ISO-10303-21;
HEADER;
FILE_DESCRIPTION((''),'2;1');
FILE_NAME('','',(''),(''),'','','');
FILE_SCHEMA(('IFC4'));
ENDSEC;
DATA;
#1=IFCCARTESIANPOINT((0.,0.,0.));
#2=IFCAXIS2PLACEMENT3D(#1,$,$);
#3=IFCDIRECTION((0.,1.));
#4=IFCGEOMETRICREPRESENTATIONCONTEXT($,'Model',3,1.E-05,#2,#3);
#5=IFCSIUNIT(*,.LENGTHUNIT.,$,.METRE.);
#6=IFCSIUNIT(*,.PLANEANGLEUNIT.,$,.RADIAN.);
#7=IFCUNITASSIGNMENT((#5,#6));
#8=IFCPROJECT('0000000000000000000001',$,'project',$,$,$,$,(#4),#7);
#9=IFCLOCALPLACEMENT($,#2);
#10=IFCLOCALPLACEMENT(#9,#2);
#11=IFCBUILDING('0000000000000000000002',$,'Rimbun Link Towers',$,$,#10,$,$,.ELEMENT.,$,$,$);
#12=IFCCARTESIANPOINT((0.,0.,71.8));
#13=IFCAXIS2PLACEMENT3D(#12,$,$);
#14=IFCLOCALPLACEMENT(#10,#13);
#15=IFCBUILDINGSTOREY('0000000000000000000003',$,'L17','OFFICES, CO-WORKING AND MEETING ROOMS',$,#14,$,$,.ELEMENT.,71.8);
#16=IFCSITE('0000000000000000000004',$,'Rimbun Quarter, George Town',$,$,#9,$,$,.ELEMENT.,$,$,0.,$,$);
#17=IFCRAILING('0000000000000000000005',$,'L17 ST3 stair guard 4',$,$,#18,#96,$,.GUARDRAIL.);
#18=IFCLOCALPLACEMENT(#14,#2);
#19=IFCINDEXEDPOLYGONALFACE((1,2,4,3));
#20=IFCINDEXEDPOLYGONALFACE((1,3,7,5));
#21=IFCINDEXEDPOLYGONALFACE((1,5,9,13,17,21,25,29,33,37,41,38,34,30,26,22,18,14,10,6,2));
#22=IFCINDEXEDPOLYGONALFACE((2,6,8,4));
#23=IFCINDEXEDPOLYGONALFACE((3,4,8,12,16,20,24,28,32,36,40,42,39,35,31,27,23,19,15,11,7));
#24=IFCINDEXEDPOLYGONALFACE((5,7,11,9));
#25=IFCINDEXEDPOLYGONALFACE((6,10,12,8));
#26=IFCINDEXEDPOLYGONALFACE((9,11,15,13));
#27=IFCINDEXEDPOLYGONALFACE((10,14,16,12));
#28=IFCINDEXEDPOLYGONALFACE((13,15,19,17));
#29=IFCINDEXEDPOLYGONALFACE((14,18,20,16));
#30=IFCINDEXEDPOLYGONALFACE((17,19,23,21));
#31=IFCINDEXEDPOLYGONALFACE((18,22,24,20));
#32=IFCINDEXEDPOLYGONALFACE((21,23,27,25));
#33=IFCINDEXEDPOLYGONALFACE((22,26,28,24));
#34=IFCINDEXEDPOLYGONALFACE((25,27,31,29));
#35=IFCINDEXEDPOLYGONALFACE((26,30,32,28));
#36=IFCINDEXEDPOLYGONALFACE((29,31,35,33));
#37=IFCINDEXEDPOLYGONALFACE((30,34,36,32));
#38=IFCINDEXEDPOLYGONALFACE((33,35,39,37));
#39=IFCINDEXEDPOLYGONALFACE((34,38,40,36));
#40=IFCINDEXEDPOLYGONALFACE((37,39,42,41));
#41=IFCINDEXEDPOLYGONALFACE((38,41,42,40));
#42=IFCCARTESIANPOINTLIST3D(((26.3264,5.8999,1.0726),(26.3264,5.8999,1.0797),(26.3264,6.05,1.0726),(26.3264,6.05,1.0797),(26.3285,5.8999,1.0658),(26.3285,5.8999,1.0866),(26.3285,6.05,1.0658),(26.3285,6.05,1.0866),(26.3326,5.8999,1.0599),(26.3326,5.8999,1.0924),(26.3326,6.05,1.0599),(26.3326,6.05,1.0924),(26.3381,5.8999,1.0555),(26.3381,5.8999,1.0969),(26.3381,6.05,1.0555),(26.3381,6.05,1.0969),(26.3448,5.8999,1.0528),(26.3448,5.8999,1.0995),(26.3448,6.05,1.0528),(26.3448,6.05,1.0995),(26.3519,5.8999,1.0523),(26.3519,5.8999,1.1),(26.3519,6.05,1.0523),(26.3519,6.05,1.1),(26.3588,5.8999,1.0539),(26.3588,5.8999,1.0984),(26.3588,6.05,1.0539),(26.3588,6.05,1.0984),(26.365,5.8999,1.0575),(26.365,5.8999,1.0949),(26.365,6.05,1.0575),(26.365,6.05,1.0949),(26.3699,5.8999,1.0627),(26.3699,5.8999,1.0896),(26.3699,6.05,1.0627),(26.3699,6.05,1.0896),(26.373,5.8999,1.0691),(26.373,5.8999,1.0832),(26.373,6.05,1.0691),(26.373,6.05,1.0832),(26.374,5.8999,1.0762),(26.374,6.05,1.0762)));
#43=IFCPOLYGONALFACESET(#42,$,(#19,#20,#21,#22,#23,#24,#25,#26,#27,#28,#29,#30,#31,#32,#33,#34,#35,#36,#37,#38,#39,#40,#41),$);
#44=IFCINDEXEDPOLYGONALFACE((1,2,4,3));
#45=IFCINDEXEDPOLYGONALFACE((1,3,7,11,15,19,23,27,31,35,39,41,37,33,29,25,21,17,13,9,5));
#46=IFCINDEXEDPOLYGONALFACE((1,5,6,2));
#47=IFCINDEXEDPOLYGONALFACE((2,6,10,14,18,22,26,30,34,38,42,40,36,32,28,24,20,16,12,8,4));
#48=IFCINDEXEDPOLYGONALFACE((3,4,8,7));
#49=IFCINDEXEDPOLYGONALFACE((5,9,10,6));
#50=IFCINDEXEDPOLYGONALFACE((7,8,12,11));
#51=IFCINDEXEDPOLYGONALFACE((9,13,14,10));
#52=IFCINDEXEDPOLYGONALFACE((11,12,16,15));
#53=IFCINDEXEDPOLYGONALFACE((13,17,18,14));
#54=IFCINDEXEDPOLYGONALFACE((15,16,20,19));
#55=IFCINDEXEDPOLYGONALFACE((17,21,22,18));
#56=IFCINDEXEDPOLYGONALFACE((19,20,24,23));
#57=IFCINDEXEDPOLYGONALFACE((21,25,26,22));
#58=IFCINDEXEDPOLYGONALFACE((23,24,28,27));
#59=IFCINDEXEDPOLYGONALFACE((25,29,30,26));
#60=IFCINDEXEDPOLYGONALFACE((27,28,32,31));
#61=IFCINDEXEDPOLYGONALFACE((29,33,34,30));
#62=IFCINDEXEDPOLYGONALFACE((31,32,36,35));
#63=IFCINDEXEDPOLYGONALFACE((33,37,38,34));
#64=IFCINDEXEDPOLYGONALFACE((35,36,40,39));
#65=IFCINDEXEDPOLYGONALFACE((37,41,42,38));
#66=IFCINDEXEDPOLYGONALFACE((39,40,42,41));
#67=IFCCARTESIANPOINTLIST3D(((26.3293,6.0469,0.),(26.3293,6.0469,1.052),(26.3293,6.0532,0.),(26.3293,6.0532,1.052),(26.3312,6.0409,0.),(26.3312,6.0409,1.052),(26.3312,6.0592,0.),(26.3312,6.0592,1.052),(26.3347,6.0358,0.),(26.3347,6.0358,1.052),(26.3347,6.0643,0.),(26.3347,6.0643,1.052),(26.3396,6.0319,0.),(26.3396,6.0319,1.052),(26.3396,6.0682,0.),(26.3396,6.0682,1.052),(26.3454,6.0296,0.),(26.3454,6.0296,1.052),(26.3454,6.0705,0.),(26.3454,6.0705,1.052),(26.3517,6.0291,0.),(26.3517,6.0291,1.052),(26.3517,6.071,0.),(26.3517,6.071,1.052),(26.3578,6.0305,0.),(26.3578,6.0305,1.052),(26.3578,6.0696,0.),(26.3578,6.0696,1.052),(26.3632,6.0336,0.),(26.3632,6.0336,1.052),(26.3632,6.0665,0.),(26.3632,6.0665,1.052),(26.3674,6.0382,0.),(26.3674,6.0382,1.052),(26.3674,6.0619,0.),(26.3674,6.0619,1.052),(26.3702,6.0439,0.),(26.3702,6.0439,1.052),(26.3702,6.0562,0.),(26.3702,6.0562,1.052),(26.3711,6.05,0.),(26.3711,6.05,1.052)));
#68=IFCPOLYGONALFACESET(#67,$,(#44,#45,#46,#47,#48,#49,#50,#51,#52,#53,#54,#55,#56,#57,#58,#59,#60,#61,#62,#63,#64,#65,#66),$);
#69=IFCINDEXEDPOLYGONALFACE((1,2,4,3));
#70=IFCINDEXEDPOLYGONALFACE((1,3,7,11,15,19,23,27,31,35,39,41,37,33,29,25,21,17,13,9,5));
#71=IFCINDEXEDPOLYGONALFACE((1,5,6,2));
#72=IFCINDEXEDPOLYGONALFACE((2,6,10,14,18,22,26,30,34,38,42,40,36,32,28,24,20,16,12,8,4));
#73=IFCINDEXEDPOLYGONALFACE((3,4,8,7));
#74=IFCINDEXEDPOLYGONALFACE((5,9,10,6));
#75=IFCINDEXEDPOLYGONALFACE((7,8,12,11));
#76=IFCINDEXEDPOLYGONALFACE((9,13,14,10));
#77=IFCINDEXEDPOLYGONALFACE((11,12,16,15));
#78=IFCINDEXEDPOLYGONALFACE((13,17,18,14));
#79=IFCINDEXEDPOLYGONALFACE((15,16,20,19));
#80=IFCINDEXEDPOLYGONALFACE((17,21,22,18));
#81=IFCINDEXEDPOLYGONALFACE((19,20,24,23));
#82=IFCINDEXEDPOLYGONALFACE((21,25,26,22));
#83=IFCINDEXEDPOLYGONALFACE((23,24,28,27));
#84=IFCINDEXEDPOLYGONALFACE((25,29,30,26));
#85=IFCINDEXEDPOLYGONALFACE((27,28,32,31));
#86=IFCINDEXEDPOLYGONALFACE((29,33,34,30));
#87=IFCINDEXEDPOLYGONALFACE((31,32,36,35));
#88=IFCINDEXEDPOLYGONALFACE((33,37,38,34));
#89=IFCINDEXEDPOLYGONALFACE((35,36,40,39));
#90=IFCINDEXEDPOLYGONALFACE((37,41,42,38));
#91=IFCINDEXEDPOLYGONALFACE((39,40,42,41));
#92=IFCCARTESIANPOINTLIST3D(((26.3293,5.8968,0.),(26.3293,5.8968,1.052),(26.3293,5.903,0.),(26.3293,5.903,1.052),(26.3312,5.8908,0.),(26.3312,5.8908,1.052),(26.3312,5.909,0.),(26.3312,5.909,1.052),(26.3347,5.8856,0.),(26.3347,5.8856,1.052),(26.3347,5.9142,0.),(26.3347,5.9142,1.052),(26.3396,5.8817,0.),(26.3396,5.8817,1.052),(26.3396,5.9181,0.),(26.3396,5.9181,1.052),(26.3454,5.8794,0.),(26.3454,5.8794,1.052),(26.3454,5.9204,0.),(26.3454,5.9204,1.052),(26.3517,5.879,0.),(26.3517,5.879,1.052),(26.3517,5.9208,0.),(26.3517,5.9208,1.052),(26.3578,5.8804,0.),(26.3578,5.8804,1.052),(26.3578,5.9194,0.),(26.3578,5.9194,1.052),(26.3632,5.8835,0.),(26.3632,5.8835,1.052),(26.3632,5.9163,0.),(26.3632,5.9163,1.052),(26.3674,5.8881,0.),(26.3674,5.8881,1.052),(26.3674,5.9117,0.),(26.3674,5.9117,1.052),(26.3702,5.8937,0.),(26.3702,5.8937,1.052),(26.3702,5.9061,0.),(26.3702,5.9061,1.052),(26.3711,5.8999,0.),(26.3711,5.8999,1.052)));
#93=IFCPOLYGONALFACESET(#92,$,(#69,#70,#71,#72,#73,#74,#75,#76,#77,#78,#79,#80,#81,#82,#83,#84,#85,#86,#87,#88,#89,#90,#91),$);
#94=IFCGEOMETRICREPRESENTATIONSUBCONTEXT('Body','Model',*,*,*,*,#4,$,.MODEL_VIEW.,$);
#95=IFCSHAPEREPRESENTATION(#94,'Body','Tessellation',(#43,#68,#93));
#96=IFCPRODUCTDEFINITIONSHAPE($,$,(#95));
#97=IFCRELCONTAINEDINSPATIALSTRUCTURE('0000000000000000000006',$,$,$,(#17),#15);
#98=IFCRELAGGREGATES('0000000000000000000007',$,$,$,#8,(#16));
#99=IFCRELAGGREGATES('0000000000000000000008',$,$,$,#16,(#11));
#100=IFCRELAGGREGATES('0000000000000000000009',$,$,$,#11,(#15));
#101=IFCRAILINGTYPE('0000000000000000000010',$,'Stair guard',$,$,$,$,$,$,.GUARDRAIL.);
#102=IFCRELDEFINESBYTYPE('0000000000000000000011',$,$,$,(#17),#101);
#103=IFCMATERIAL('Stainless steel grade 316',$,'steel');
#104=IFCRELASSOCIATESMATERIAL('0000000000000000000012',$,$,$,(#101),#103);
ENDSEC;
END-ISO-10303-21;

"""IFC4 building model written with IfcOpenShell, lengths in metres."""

from ifc_helpers import new_model, si_unit, direction, frame, origin, origin_2d, place, context, subcontext, project, spatial, circle, extrude, material, type_object, element, save


model = new_model("IFC4")

# Units and contexts
model_context = context("Model", 3, precision=1e-05, world=origin(), true_north=direction((0.0, 1.0)))
body_context = subcontext(model_context, "Body", "Model", "MODEL_VIEW")
ifc_project = project(units=[si_unit("LENGTHUNIT", "METRE"), si_unit("PLANEANGLEUNIT", "RADIAN")], contexts=[model_context])

# Site, building, storey
site_placement = place(None, origin())
site = spatial("IfcSite", under=ifc_project, at=site_placement, Name="Rimbun Quarter, George Town", CompositionType="ELEMENT", RefElevation=0.0)
building_placement = place(site_placement, origin())
building = spatial("IfcBuilding", under=site, at=building_placement, Name="Rimbun Link Towers", CompositionType="ELEMENT")
storey_placement = place(building_placement, frame((0.0, 0.0, 71.8)))
storey = spatial("IfcBuildingStorey", under=building, at=storey_placement, Name="L17", Description="OFFICES, CO-WORKING AND MEETING ROOMS", CompositionType="ELEMENT", Elevation=71.8)

# Railing
ifc_material_1 = material(Name="Stainless steel grade 316", Category="steel")
railing_type_1 = type_object("IfcRailingType", Name="Stair guard", PredefinedType="GUARDRAIL", material=ifc_material_1)
railing_1_placement = place(storey_placement, frame((26.3501, 6.05, 0.0)))
element("IfcRailing", 1, at=railing_1_placement, inside=storey, type_object=railing_type_1, Name="L17 ST3 stair guard 4", PredefinedType="GUARDRAIL", context=body_context, shape_type="SweptSolid", body=[
    extrude(circle(Radius=0.0239, at=origin_2d()), frame((0.0, 0.0, 1.0762), z_axis=(0.0, -1.0, 0.0), x_axis=(1.0, 0.0, 0.0)), (0.0, 0.0, 1.0), 0.1501),
    extrude(circle(Radius=0.021, at=origin_2d()), origin(), (0.0, 0.0, 1.0), 1.052),
    extrude(circle(Radius=0.021, at=origin_2d()), frame((0.0, -0.1501, 0.0)), (0.0, 0.0, 1.0), 1.052),
])

save(model, "model.ifc")
